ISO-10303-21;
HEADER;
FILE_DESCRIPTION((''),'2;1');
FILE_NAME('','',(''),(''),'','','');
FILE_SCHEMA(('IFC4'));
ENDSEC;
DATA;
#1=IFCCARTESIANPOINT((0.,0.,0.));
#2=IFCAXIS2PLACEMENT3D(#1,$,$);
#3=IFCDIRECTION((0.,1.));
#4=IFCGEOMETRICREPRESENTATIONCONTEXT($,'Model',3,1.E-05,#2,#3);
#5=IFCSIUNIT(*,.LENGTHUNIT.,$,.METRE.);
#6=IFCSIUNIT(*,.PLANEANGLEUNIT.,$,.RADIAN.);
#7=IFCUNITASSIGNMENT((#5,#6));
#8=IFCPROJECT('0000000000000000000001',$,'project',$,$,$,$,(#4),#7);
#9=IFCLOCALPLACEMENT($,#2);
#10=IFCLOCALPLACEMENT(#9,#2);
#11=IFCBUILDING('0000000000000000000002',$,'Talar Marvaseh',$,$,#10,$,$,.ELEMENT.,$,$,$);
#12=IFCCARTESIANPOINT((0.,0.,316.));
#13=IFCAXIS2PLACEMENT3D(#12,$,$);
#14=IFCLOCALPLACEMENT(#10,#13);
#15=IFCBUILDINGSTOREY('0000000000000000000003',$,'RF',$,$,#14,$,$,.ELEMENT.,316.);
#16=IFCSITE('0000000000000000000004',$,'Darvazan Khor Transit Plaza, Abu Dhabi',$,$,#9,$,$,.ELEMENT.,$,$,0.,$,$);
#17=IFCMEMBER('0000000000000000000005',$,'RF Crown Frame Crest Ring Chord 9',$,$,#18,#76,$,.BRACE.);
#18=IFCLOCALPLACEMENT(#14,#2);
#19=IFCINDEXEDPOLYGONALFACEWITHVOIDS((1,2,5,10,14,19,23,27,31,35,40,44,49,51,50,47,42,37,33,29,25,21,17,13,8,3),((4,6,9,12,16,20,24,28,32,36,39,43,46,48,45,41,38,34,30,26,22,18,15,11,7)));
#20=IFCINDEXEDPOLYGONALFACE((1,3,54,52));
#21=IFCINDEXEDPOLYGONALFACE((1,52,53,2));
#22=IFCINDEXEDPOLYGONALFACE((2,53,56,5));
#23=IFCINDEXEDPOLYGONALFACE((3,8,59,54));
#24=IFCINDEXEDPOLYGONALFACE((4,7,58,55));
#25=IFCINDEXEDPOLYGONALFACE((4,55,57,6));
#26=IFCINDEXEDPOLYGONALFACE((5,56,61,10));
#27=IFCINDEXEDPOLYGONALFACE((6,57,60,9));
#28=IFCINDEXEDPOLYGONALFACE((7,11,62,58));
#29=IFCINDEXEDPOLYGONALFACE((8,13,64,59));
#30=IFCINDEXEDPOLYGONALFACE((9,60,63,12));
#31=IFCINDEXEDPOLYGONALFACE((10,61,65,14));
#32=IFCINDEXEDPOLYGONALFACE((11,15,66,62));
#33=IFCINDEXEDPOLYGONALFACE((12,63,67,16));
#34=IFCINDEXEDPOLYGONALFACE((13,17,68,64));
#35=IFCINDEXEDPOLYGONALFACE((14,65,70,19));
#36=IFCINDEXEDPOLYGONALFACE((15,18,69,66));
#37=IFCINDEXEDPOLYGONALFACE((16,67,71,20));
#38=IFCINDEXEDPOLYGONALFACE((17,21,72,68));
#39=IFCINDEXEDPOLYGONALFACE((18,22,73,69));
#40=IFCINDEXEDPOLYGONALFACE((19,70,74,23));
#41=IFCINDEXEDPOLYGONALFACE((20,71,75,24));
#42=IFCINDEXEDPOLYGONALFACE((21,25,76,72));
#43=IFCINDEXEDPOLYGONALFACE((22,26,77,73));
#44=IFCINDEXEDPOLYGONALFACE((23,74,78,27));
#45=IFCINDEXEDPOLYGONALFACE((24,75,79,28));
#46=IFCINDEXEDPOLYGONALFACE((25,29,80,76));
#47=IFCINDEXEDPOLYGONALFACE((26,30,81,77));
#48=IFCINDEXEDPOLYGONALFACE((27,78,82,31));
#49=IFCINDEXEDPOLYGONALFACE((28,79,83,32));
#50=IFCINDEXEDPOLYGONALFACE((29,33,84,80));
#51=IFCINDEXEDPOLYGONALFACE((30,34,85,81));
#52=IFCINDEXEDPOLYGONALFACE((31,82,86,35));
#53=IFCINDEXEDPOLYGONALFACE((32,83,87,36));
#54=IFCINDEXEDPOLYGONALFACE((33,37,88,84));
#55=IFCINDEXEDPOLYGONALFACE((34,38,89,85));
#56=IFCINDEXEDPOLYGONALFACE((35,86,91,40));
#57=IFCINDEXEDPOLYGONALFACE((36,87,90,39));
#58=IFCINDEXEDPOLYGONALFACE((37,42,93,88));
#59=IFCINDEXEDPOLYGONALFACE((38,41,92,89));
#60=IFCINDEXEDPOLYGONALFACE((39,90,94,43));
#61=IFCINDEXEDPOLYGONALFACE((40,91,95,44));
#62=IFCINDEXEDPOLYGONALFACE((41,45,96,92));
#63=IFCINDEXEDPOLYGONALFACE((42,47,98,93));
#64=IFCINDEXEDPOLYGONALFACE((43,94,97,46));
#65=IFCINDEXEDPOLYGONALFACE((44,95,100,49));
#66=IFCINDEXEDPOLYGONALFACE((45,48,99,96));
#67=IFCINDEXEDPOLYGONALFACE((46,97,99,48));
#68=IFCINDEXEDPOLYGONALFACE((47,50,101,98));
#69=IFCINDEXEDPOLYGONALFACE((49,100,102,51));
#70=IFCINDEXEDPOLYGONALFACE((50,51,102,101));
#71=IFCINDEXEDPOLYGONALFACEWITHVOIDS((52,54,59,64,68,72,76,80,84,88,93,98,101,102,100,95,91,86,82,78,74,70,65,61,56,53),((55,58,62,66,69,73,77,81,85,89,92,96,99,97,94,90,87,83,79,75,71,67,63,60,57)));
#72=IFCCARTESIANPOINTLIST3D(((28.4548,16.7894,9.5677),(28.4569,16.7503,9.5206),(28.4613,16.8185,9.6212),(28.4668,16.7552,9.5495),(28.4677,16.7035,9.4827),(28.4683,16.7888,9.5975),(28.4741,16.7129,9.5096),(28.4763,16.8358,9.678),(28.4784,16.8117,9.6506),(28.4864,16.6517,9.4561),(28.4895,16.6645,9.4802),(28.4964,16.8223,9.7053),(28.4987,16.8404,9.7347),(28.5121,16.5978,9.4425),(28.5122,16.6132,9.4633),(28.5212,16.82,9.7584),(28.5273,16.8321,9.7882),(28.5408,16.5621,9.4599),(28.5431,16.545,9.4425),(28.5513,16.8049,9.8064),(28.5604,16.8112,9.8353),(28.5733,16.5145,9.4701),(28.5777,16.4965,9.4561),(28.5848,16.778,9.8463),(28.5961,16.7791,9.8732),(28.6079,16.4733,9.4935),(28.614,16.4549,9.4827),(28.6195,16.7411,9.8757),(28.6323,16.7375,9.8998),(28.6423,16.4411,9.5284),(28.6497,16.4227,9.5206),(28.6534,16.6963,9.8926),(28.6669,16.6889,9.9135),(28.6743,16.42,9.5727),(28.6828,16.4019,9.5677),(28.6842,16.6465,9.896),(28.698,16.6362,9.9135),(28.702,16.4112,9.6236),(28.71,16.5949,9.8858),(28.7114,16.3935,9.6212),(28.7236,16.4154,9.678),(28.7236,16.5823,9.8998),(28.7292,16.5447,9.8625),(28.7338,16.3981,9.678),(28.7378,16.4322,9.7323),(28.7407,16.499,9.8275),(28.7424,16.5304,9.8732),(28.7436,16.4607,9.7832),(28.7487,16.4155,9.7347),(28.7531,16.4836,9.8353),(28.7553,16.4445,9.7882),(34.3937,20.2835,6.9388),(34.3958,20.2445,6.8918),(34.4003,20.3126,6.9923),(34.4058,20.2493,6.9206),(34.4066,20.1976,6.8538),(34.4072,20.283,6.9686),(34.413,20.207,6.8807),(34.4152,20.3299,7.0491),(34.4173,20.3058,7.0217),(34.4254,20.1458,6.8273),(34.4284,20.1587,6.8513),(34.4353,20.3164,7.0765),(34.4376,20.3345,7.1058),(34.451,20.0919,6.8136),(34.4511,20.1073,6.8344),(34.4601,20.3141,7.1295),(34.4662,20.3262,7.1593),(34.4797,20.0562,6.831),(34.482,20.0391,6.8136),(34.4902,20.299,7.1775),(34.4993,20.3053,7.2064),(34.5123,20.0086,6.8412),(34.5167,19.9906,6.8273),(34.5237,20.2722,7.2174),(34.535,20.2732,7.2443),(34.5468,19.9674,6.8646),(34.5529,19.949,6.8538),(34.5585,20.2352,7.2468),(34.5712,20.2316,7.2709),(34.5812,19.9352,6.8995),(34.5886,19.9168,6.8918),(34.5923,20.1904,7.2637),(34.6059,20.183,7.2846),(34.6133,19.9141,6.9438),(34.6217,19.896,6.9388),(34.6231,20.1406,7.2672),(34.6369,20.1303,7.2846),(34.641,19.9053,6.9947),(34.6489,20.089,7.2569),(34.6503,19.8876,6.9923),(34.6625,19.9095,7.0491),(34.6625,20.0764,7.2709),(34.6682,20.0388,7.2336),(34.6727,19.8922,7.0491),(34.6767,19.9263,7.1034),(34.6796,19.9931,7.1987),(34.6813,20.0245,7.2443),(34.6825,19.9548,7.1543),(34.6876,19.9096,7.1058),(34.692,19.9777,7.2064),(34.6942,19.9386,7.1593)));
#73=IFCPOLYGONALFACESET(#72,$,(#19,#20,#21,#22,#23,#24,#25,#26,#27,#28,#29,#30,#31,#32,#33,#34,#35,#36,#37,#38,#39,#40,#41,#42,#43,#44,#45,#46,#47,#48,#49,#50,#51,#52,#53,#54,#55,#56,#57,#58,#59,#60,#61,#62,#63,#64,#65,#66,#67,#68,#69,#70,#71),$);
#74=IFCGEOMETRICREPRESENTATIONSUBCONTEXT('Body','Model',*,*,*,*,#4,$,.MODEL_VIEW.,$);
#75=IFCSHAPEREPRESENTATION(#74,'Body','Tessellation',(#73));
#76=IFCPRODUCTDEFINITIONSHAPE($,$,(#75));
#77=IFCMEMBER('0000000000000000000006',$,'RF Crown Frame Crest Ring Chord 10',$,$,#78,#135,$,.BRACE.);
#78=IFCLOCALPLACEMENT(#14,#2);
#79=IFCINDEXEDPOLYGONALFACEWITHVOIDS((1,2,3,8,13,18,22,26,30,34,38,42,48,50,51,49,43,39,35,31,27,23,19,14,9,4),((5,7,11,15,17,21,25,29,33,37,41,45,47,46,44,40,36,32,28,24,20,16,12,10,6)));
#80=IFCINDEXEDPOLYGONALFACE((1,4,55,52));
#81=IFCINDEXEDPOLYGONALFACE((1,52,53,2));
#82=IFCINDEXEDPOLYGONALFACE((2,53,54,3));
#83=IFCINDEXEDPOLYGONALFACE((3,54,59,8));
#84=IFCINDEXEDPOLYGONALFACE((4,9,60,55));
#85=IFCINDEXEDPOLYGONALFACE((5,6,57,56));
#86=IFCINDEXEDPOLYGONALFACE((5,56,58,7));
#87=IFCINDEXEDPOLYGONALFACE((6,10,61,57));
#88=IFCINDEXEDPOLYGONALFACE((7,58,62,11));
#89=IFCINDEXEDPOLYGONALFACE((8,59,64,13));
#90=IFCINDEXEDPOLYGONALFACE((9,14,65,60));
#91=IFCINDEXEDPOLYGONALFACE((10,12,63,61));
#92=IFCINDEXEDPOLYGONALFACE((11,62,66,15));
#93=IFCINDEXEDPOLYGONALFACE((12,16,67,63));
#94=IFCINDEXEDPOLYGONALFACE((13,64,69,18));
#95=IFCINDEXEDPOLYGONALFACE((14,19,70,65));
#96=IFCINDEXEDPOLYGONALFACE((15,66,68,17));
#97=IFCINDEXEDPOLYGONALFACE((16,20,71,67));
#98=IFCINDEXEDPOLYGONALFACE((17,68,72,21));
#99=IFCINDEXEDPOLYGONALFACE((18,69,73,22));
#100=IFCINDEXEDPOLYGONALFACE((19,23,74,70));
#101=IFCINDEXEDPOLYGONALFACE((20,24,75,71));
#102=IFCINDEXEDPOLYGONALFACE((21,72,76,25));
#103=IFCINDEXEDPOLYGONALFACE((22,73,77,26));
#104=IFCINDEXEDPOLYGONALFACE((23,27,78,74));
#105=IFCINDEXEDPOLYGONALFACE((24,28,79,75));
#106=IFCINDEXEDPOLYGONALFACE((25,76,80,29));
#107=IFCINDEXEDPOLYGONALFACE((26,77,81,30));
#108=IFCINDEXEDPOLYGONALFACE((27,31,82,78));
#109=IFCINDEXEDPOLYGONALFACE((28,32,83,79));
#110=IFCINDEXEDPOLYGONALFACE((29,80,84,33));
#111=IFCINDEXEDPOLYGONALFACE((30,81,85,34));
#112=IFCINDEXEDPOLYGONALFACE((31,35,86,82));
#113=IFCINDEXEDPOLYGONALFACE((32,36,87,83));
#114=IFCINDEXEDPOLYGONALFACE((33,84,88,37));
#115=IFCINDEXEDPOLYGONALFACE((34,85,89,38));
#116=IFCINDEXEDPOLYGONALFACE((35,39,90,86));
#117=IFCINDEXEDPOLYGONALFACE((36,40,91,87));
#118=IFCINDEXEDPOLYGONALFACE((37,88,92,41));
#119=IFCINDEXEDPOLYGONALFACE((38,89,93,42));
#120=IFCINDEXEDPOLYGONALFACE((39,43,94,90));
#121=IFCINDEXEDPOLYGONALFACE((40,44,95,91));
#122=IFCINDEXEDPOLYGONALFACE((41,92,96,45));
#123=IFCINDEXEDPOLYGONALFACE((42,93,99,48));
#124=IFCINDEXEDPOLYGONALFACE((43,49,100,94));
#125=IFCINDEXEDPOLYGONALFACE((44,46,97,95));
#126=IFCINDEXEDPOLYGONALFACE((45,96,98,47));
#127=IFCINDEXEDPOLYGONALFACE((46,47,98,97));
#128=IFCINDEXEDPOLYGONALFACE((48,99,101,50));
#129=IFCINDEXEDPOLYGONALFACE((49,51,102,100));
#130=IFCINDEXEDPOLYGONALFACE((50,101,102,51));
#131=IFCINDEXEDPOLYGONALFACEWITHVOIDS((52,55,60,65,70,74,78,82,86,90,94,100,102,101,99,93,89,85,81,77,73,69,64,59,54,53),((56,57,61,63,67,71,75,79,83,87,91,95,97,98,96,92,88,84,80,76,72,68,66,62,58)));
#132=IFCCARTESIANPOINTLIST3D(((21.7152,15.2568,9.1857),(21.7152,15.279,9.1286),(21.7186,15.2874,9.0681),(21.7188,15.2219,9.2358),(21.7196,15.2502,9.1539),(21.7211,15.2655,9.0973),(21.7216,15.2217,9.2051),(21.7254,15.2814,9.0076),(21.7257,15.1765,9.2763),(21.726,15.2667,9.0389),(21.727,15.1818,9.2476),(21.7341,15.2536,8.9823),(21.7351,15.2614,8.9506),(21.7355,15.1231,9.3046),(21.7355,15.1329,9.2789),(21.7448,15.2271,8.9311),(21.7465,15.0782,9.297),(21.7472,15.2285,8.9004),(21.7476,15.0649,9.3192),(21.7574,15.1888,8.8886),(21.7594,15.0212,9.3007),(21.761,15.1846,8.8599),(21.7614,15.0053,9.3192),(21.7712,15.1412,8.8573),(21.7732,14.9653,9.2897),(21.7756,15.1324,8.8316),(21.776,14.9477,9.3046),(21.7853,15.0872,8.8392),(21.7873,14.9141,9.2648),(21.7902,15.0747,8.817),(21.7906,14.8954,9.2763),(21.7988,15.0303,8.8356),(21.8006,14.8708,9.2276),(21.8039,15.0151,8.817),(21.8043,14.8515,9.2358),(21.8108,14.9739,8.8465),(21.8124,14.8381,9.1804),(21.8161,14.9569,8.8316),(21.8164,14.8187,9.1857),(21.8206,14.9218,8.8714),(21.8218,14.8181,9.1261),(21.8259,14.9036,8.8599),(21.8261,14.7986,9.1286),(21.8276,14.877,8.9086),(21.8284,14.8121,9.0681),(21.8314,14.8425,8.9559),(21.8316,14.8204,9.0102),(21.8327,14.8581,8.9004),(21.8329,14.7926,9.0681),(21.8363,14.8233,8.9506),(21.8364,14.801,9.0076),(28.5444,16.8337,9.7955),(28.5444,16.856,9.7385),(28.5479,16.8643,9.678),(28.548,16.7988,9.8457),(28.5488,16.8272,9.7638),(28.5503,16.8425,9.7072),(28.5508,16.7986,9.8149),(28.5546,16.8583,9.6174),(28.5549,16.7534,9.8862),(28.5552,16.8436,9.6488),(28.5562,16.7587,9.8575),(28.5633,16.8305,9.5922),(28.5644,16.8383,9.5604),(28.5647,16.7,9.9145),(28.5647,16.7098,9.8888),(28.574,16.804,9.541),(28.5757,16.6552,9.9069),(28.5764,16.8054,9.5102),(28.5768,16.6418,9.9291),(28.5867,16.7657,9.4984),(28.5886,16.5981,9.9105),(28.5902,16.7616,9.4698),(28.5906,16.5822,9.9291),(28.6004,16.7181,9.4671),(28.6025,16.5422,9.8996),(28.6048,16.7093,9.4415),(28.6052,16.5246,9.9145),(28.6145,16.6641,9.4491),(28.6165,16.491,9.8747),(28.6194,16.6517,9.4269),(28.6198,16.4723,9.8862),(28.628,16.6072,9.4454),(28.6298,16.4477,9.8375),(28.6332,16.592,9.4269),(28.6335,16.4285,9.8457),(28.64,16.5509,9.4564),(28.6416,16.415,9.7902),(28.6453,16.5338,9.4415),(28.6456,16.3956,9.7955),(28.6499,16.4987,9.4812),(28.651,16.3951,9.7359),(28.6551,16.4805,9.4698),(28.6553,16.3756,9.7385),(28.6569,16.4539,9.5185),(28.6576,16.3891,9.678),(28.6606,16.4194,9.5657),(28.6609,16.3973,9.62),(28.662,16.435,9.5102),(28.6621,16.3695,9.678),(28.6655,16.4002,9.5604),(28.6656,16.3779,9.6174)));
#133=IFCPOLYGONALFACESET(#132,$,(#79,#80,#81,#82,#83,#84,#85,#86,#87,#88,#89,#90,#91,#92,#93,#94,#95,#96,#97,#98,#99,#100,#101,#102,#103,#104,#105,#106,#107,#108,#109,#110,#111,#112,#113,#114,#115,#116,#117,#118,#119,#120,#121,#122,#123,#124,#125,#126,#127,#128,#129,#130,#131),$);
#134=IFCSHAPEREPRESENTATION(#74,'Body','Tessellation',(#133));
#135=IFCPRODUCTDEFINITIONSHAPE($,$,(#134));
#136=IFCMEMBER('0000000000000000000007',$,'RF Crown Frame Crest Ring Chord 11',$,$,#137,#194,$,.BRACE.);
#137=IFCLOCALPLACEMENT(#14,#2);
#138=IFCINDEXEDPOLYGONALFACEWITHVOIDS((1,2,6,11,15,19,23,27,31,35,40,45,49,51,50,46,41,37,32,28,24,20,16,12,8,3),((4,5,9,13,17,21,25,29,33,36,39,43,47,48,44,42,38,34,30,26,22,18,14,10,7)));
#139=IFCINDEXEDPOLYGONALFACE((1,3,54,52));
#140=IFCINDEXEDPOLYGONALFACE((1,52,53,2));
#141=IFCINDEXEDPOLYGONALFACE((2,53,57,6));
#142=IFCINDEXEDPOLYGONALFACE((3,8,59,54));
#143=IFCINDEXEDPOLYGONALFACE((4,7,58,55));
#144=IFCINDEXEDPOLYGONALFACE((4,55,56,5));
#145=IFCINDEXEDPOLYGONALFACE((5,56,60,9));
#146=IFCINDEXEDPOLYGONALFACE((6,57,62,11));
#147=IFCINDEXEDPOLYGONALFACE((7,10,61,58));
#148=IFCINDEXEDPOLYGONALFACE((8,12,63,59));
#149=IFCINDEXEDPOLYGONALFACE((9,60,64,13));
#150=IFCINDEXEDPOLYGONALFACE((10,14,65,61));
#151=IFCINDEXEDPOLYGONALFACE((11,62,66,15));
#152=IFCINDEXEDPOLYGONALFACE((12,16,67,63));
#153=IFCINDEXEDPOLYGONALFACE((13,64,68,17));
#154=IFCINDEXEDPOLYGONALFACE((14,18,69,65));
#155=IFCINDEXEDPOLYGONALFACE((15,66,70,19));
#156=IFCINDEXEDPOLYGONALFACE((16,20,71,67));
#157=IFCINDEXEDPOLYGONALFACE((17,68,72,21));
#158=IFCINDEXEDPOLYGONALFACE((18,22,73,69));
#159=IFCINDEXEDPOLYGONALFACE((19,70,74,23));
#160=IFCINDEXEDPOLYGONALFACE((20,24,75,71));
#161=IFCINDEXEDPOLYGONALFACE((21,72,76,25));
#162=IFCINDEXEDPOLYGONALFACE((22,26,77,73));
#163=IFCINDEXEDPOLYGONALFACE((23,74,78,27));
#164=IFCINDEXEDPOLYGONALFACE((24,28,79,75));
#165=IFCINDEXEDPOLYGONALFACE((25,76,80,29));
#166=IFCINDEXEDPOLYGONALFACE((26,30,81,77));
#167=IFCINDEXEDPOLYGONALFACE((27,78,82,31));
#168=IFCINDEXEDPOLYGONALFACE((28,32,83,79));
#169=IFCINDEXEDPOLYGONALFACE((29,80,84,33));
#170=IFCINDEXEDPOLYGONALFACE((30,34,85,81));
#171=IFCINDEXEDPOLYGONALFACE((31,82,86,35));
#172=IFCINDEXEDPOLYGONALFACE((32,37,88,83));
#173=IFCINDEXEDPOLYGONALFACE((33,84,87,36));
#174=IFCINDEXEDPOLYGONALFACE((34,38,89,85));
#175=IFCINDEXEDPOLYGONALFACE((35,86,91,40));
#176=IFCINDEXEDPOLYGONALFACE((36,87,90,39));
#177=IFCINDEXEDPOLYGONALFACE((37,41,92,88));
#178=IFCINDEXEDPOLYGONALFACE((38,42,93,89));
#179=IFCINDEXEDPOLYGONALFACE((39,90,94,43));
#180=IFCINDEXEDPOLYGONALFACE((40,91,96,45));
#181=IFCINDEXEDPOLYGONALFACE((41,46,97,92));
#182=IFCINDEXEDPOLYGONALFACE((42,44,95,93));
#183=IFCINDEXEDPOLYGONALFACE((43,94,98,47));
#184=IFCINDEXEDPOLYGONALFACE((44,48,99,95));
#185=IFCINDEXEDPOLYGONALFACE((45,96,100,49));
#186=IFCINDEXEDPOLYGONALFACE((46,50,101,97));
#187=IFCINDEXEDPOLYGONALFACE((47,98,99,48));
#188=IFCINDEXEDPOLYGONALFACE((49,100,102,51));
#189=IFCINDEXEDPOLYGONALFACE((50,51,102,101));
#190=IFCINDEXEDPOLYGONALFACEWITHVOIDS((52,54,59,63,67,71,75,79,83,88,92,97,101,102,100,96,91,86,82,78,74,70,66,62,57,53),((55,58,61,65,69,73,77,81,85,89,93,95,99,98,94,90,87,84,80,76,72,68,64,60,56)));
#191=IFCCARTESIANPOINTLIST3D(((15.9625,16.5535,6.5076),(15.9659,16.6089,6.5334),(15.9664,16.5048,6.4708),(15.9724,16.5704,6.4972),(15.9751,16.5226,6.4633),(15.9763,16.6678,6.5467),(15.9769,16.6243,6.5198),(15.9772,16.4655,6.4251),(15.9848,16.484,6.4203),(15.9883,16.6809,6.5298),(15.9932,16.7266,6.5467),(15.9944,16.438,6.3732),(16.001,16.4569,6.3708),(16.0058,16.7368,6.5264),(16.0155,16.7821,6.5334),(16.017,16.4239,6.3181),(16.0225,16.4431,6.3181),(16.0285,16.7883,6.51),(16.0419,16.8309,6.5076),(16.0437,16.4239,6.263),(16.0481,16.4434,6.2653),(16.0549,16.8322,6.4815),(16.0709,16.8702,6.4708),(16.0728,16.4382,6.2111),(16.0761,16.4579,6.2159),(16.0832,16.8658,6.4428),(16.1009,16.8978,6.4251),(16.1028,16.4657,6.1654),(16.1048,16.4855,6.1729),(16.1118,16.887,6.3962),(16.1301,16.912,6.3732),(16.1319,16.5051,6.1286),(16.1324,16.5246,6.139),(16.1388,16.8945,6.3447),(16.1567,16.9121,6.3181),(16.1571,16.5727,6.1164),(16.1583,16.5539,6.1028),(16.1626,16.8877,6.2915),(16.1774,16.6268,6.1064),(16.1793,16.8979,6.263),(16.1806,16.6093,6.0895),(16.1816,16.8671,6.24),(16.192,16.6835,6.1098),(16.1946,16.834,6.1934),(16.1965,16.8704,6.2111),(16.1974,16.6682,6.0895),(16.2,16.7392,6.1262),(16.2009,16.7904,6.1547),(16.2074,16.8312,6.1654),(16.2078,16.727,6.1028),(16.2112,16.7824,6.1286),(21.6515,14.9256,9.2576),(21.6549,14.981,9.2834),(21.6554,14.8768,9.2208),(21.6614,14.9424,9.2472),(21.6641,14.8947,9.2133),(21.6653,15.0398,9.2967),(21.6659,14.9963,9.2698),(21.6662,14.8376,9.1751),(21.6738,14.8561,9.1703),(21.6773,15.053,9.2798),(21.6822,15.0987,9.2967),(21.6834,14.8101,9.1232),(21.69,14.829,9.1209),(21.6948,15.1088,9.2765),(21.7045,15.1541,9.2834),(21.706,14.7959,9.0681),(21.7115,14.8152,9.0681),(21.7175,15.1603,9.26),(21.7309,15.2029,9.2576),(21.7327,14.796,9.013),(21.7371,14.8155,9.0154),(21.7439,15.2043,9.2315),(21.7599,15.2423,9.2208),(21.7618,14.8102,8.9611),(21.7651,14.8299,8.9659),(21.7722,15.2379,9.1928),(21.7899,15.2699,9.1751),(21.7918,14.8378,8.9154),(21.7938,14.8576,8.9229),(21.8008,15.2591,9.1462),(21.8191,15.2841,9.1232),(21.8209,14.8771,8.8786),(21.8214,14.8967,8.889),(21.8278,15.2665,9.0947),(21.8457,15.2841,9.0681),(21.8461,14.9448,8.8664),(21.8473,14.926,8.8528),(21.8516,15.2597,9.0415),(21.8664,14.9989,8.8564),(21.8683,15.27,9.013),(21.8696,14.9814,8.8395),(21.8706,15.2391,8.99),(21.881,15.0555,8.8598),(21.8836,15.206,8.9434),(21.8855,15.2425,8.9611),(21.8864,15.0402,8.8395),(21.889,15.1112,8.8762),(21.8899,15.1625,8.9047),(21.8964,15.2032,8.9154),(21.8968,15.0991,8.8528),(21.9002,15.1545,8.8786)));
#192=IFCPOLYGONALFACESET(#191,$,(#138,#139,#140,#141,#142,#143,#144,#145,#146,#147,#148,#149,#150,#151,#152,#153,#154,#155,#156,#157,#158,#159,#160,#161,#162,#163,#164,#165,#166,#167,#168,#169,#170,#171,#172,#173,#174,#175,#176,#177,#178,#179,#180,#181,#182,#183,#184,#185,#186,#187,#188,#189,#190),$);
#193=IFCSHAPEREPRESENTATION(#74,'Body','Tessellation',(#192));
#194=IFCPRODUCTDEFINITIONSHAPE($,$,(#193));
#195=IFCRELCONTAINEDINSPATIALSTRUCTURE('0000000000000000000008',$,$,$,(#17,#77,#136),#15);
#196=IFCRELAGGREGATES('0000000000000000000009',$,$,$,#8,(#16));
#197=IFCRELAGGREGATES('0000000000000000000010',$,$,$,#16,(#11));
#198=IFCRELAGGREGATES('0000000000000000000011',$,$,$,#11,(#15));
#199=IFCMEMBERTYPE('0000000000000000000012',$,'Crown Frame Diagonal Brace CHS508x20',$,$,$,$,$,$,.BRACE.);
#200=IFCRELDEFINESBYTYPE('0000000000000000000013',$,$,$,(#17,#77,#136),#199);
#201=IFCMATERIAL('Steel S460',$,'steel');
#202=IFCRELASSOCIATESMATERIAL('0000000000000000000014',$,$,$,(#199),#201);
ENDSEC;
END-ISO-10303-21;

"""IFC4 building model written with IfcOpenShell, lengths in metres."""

from ifc_helpers import new_model, si_unit, direction, frame, origin, origin_2d, place, context, subcontext, project, spatial, hollow_circle, extrude, source, transform, mapped, material, material_profile, profile_set, type_object, element, save


model = new_model("IFC4")

# Units and contexts
model_context = context("Model", 3, precision=1e-05, world=origin(), true_north=direction((0.0, 1.0)))
body_context = subcontext(model_context, "Body", "Model", "MODEL_VIEW")
ifc_project = project(units=[si_unit("LENGTHUNIT", "METRE"), si_unit("PLANEANGLEUNIT", "RADIAN")], contexts=[model_context])

# Site, building, storey
site_placement = place(None, origin())
site = spatial("IfcSite", under=ifc_project, at=site_placement, Name="Darvazan Khor Transit Plaza, Abu Dhabi", CompositionType="ELEMENT", RefElevation=0.0)
building_placement = place(site_placement, origin())
building = spatial("IfcBuilding", under=site, at=building_placement, Name="Talar Marvaseh", CompositionType="ELEMENT")
storey_placement = place(building_placement, frame((0.0, 0.0, 316.0)))
storey = spatial("IfcBuildingStorey", under=building, at=storey_placement, Name="RF", CompositionType="ELEMENT", Elevation=316.0)

# Shared definitions
ifc_material_1 = material(Name="Steel S460", Category="steel")

# Members
ifc_material_profile_1 = material_profile(ifc_material_1, hollow_circle(Radius=0.2539, WallThickness=0.02, at=origin_2d()), Name="CHS508x20")
ifc_profile_set_1 = profile_set([ifc_material_profile_1], Name="Steel S460")
member_type = type_object("IfcMemberType", Name="Crown Frame Diagonal Brace CHS508x20", PredefinedType="BRACE", material=ifc_profile_set_1)
shared_shape_1 = source(origin(), body_context, "Body", "SweptSolid", [
    extrude(hollow_circle(Radius=0.2539, WallThickness=0.02, at=origin_2d()), origin(), (0.0, 0.0, 1.0), 7.375),
])
member_1_placement = place(storey_placement, frame((34.5439, 20.1111, 7.0491), z_axis=(-0.805277, -0.473778, 0.356459), x_axis=(0.507088, -0.861894, 0.0)))
element("IfcMember", 1, at=member_1_placement, inside=storey, type_object=member_type, Name="RF Crown Frame Crest Ring Chord 9", PredefinedType="BRACE", context=body_context, shape_type="MappedRepresentation", body=[
    mapped(shared_shape_1, transform((0.0, 0.0, 0.0), x_axis=(1.0, 0.0, 0.0), y_axis=(0.0, 1.0, 0.0), z_axis=(0.0, 0.0, 1.0), scale=1.0)),
])
shared_shape_2 = source(origin(), body_context, "Body", "SweptSolid", [
    extrude(hollow_circle(Radius=0.2539, WallThickness=0.02, at=origin_2d()), origin(), (0.0, 0.0, 1.0), 7.0354),
])
member_2_placement = place(storey_placement, frame((28.605, 16.6169, 9.678), z_axis=(-0.970693, -0.224142, -0.086686), x_axis=(0.224989, -0.974361, 0.0)))
element("IfcMember", 2, at=member_2_placement, inside=storey, type_object=member_type, Name="RF Crown Frame Crest Ring Chord 10", PredefinedType="BRACE", context=body_context, shape_type="MappedRepresentation", body=[
    mapped(shared_shape_2, transform((0.0, 0.0, 0.0), x_axis=(1.0, 0.0, 0.0), y_axis=(0.0, 1.0, 0.0), z_axis=(0.0, 0.0, 1.0), scale=1.0)),
])
shared_shape_3 = source(origin(), body_context, "Body", "SweptSolid", [
    extrude(hollow_circle(Radius=0.2539, WallThickness=0.02, at=origin_2d()), origin(), (0.0, 0.0, 1.0), 6.5251),
])
member_3_placement = place(storey_placement, frame((21.7759, 15.04, 9.0681), z_axis=(-0.871858, 0.249487, -0.421449), x_axis=(-0.275113, -0.961412, 0.0)))
element("IfcMember", 3, at=member_3_placement, inside=storey, type_object=member_type, Name="RF Crown Frame Crest Ring Chord 11", PredefinedType="BRACE", context=body_context, shape_type="MappedRepresentation", body=[
    mapped(shared_shape_3, transform((0.0, 0.0, 0.0), x_axis=(1.0, 0.0, 0.0), y_axis=(0.0, 1.0, 0.0), z_axis=(0.0, 0.0, 1.0), scale=1.0)),
])

save(model, "model.ifc")
